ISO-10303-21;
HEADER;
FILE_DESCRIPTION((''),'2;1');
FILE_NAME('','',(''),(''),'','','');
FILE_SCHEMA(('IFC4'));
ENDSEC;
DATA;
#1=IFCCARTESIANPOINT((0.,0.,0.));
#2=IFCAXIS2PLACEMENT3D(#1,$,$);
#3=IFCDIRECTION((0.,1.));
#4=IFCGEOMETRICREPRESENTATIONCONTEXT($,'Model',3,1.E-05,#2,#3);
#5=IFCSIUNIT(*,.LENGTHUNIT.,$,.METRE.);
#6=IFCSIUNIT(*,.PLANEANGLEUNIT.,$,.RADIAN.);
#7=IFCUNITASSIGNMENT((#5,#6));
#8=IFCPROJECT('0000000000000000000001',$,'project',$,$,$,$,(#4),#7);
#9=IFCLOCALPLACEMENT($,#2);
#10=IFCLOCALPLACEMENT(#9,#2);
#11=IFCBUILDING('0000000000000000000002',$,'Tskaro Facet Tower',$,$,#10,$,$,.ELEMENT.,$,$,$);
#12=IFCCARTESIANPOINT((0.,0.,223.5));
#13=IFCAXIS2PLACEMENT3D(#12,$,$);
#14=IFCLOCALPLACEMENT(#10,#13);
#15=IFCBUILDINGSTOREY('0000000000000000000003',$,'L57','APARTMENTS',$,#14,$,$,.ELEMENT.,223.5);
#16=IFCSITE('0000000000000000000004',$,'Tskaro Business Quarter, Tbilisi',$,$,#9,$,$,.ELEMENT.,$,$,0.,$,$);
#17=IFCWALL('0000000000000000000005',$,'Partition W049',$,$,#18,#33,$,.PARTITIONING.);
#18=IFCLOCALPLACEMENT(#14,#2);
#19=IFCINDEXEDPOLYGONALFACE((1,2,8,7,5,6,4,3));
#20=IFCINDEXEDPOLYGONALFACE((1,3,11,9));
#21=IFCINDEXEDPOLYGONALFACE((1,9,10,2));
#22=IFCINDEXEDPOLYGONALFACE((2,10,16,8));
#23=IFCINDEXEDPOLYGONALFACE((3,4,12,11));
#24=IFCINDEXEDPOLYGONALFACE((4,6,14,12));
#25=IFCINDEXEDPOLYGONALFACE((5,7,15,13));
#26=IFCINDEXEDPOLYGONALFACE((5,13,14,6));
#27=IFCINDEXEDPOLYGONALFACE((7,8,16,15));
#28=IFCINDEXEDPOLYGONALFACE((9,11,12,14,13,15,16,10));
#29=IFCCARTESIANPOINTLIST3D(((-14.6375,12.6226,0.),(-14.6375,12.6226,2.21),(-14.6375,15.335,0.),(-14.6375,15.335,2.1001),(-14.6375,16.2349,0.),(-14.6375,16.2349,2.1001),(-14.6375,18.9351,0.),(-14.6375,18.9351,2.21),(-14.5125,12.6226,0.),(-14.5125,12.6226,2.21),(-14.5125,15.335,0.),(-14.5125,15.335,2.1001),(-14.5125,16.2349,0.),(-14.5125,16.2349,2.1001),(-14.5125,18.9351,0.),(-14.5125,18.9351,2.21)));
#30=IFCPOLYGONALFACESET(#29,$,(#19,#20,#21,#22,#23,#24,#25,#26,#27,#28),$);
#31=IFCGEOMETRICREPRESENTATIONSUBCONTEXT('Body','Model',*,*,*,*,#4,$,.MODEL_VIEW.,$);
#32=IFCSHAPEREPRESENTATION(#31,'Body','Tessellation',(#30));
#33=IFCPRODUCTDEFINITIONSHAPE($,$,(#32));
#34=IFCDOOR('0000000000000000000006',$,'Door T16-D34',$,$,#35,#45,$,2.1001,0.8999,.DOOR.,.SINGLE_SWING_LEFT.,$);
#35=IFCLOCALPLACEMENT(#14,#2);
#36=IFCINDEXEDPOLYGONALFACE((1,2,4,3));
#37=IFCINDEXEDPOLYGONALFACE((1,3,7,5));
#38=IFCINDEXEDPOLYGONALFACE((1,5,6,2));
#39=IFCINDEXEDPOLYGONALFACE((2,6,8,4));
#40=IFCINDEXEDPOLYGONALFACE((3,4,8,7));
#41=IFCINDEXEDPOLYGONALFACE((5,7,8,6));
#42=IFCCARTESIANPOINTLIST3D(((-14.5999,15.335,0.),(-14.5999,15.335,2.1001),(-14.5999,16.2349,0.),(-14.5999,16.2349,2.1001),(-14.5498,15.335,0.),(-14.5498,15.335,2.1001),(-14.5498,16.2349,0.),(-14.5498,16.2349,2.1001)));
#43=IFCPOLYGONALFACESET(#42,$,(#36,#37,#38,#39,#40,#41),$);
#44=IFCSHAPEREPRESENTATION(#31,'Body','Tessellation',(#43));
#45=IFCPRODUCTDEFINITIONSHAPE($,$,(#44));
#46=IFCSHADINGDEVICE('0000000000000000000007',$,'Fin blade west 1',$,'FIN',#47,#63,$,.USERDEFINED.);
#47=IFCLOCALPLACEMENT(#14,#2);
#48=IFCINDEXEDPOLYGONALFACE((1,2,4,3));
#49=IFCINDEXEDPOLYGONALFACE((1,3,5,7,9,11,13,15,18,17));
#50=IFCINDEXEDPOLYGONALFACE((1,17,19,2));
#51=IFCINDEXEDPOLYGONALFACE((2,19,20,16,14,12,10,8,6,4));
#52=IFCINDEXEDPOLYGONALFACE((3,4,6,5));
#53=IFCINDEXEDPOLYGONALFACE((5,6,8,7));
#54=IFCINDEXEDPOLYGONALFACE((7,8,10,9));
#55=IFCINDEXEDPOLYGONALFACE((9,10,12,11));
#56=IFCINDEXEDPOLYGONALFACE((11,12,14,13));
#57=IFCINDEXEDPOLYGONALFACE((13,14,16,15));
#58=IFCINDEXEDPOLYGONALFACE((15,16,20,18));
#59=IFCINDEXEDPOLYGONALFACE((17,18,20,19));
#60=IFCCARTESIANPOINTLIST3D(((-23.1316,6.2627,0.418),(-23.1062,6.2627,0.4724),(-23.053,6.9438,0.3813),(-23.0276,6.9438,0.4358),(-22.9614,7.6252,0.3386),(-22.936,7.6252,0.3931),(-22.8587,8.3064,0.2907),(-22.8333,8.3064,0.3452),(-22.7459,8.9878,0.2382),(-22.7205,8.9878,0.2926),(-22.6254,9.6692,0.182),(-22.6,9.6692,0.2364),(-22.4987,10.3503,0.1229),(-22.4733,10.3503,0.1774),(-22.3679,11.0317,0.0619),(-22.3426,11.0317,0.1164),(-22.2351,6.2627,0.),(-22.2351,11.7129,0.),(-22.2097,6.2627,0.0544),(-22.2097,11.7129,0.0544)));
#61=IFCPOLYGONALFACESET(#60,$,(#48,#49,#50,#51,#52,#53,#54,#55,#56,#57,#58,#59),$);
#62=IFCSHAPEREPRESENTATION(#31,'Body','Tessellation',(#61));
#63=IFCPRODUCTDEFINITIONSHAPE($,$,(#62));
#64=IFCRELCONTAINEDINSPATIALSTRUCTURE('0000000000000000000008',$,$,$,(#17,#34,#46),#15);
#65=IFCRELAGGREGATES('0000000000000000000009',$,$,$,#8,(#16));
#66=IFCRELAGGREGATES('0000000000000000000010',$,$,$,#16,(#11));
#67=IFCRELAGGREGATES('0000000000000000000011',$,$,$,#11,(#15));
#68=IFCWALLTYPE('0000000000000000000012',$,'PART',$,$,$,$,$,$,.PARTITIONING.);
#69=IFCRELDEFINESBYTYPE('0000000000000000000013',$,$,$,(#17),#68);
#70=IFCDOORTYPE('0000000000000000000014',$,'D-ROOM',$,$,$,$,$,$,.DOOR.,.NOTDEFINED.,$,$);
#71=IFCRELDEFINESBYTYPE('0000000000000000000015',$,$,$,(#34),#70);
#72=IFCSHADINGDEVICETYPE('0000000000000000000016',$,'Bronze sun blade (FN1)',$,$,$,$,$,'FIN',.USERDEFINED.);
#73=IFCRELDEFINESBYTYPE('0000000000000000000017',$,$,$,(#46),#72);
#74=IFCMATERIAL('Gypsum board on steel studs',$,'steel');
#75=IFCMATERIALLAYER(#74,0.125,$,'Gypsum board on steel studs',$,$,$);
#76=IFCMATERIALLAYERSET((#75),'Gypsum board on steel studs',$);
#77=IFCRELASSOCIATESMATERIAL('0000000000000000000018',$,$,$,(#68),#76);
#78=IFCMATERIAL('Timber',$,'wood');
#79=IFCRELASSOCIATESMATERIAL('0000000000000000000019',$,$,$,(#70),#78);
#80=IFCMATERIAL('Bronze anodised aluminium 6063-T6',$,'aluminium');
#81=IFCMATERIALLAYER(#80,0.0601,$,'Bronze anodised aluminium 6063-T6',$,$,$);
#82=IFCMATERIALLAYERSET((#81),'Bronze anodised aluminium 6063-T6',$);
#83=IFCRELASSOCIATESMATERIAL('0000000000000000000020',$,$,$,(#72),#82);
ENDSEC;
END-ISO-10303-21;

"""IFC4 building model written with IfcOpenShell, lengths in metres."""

from ifc_helpers import new_model, si_unit, direction, frame, frame_2d, origin, place, context, subcontext, project, spatial, polyline, rectangle, outline, extrude, material, layer, layer_set, type_object, element, fill, save


model = new_model("IFC4")

# Units and contexts
model_context = context("Model", 3, precision=1e-05, world=origin(), true_north=direction((0.0, 1.0)))
body_context = subcontext(model_context, "Body", "Model", "MODEL_VIEW")
ifc_project = project(units=[si_unit("LENGTHUNIT", "METRE"), si_unit("PLANEANGLEUNIT", "RADIAN")], contexts=[model_context])

# Site, building, storey
site_placement = place(None, origin())
site = spatial("IfcSite", under=ifc_project, at=site_placement, Name="Tskaro Business Quarter, Tbilisi", CompositionType="ELEMENT", RefElevation=0.0)
building_placement = place(site_placement, origin())
building = spatial("IfcBuilding", under=site, at=building_placement, Name="Tskaro Facet Tower", CompositionType="ELEMENT")
storey_placement = place(building_placement, frame((0.0, 0.0, 223.5)))
storey = spatial("IfcBuildingStorey", under=building, at=storey_placement, Name="L57", Description="APARTMENTS", CompositionType="ELEMENT", Elevation=223.5)

# Shared definitions
ifc_material_1 = material(Name="Bronze anodised aluminium 6063-T6", Category="aluminium")

# Shared definitions
ifc_material_2 = material(Name="Gypsum board on steel studs", Category="steel")
ifc_layer_1 = layer(ifc_material_2, 0.125, Name="Gypsum board on steel studs")
ifc_layer_set_1 = layer_set([ifc_layer_1], Name="Gypsum board on steel studs")
wall_type = type_object("IfcWallType", Name="PART", PredefinedType="PARTITIONING", material=ifc_layer_set_1)
ifc_material_3 = material(Name="Timber", Category="wood")
door_type = type_object("IfcDoorType", Name="D-ROOM", OperationType="NOTDEFINED", PredefinedType="DOOR", material=ifc_material_3)

# Wall, opening, door
wall_1_placement = place(storey_placement, frame((-14.575, 12.6226, 0.0), z_axis=(0.0, 0.0, 1.0), x_axis=(0.0, 1.0, 0.0)))
wall_1 = element("IfcWall", 1, at=wall_1_placement, inside=storey, type_object=wall_type, Name="Partition W049", PredefinedType="PARTITIONING", context=body_context, shape_type="SweptSolid", body=[
    extrude(rectangle(XDim=6.3125, YDim=0.125, at=frame_2d((3.1562, 0.0))), origin(), (0.0, 0.0, 1.0), 2.21),
])
opening_1_placement = place(wall_1_placement, frame((2.7124, 0.0, 0.0)))
opening_1 = element("IfcOpeningElement", 2, at=opening_1_placement, cuts=wall_1, PredefinedType="OPENING", context=body_context, shape_type="SweptSolid", body=[
    extrude(rectangle(XDim=0.8999, YDim=2.1001, at=frame_2d((0.45, 1.05))), frame((0.0, 0.0725, 0.0), z_axis=(0.0, -1.0, 0.0), x_axis=(1.0, 0.0, 0.0)), (0.0, 0.0, 1.0), 0.145),
])
door_1_placement = place(opening_1_placement, origin())
door_1 = element("IfcDoor", 3, at=door_1_placement, inside=storey, type_object=door_type, Name="Door T16-D34", OperationType="SINGLE_SWING_LEFT", OverallHeight=2.1001, OverallWidth=0.8999, PredefinedType="DOOR", context=body_context, shape_type="SweptSolid", body=[
    extrude(rectangle(XDim=0.8999, YDim=2.1001, at=frame_2d((0.45, 1.05))), frame((0.0, 0.0249, 0.0), z_axis=(0.0, -1.0, 0.0), x_axis=(1.0, 0.0, 0.0)), (0.0, 0.0, 1.0), 0.05),
])
fill(opening_1, door_1)

# Shading device
ifc_layer_2 = layer(ifc_material_1, 0.0601, Name="Bronze anodised aluminium 6063-T6")
ifc_layer_set_2 = layer_set([ifc_layer_2], Name="Bronze anodised aluminium 6063-T6")
shading_device_type = type_object("IfcShadingDeviceType", Name="Bronze sun blade (FN1)", ElementType="FIN", PredefinedType="USERDEFINED", material=ifc_layer_set_2)
shading_device_placement = place(storey_placement, frame((-22.2097, 11.7129, 0.0544), z_axis=(0.422576, -0.000002, 0.906328), x_axis=(-0.000001, -1.0, -0.000002)))
element("IfcShadingDevice", 4, at=shading_device_placement, inside=storey, type_object=shading_device_type, Name="Fin blade west 1", ObjectType="FIN", PredefinedType="USERDEFINED", context=body_context, shape_type="SweptSolid", body=[
    extrude(outline(polyline([(0.0, 0.0), (5.4502, 0.0), (5.4502, -0.9891), (4.769, -0.9024), (4.0876, -0.8014), (3.4065, -0.688), (2.7251, -0.5636), (2.0437, -0.4307), (1.3625, -0.2909), (0.6812, -0.1466), (0.0, 0.0)])), origin(), (0.0, 0.0, -1.0), 0.0601),
])

save(model, "model.ifc")
